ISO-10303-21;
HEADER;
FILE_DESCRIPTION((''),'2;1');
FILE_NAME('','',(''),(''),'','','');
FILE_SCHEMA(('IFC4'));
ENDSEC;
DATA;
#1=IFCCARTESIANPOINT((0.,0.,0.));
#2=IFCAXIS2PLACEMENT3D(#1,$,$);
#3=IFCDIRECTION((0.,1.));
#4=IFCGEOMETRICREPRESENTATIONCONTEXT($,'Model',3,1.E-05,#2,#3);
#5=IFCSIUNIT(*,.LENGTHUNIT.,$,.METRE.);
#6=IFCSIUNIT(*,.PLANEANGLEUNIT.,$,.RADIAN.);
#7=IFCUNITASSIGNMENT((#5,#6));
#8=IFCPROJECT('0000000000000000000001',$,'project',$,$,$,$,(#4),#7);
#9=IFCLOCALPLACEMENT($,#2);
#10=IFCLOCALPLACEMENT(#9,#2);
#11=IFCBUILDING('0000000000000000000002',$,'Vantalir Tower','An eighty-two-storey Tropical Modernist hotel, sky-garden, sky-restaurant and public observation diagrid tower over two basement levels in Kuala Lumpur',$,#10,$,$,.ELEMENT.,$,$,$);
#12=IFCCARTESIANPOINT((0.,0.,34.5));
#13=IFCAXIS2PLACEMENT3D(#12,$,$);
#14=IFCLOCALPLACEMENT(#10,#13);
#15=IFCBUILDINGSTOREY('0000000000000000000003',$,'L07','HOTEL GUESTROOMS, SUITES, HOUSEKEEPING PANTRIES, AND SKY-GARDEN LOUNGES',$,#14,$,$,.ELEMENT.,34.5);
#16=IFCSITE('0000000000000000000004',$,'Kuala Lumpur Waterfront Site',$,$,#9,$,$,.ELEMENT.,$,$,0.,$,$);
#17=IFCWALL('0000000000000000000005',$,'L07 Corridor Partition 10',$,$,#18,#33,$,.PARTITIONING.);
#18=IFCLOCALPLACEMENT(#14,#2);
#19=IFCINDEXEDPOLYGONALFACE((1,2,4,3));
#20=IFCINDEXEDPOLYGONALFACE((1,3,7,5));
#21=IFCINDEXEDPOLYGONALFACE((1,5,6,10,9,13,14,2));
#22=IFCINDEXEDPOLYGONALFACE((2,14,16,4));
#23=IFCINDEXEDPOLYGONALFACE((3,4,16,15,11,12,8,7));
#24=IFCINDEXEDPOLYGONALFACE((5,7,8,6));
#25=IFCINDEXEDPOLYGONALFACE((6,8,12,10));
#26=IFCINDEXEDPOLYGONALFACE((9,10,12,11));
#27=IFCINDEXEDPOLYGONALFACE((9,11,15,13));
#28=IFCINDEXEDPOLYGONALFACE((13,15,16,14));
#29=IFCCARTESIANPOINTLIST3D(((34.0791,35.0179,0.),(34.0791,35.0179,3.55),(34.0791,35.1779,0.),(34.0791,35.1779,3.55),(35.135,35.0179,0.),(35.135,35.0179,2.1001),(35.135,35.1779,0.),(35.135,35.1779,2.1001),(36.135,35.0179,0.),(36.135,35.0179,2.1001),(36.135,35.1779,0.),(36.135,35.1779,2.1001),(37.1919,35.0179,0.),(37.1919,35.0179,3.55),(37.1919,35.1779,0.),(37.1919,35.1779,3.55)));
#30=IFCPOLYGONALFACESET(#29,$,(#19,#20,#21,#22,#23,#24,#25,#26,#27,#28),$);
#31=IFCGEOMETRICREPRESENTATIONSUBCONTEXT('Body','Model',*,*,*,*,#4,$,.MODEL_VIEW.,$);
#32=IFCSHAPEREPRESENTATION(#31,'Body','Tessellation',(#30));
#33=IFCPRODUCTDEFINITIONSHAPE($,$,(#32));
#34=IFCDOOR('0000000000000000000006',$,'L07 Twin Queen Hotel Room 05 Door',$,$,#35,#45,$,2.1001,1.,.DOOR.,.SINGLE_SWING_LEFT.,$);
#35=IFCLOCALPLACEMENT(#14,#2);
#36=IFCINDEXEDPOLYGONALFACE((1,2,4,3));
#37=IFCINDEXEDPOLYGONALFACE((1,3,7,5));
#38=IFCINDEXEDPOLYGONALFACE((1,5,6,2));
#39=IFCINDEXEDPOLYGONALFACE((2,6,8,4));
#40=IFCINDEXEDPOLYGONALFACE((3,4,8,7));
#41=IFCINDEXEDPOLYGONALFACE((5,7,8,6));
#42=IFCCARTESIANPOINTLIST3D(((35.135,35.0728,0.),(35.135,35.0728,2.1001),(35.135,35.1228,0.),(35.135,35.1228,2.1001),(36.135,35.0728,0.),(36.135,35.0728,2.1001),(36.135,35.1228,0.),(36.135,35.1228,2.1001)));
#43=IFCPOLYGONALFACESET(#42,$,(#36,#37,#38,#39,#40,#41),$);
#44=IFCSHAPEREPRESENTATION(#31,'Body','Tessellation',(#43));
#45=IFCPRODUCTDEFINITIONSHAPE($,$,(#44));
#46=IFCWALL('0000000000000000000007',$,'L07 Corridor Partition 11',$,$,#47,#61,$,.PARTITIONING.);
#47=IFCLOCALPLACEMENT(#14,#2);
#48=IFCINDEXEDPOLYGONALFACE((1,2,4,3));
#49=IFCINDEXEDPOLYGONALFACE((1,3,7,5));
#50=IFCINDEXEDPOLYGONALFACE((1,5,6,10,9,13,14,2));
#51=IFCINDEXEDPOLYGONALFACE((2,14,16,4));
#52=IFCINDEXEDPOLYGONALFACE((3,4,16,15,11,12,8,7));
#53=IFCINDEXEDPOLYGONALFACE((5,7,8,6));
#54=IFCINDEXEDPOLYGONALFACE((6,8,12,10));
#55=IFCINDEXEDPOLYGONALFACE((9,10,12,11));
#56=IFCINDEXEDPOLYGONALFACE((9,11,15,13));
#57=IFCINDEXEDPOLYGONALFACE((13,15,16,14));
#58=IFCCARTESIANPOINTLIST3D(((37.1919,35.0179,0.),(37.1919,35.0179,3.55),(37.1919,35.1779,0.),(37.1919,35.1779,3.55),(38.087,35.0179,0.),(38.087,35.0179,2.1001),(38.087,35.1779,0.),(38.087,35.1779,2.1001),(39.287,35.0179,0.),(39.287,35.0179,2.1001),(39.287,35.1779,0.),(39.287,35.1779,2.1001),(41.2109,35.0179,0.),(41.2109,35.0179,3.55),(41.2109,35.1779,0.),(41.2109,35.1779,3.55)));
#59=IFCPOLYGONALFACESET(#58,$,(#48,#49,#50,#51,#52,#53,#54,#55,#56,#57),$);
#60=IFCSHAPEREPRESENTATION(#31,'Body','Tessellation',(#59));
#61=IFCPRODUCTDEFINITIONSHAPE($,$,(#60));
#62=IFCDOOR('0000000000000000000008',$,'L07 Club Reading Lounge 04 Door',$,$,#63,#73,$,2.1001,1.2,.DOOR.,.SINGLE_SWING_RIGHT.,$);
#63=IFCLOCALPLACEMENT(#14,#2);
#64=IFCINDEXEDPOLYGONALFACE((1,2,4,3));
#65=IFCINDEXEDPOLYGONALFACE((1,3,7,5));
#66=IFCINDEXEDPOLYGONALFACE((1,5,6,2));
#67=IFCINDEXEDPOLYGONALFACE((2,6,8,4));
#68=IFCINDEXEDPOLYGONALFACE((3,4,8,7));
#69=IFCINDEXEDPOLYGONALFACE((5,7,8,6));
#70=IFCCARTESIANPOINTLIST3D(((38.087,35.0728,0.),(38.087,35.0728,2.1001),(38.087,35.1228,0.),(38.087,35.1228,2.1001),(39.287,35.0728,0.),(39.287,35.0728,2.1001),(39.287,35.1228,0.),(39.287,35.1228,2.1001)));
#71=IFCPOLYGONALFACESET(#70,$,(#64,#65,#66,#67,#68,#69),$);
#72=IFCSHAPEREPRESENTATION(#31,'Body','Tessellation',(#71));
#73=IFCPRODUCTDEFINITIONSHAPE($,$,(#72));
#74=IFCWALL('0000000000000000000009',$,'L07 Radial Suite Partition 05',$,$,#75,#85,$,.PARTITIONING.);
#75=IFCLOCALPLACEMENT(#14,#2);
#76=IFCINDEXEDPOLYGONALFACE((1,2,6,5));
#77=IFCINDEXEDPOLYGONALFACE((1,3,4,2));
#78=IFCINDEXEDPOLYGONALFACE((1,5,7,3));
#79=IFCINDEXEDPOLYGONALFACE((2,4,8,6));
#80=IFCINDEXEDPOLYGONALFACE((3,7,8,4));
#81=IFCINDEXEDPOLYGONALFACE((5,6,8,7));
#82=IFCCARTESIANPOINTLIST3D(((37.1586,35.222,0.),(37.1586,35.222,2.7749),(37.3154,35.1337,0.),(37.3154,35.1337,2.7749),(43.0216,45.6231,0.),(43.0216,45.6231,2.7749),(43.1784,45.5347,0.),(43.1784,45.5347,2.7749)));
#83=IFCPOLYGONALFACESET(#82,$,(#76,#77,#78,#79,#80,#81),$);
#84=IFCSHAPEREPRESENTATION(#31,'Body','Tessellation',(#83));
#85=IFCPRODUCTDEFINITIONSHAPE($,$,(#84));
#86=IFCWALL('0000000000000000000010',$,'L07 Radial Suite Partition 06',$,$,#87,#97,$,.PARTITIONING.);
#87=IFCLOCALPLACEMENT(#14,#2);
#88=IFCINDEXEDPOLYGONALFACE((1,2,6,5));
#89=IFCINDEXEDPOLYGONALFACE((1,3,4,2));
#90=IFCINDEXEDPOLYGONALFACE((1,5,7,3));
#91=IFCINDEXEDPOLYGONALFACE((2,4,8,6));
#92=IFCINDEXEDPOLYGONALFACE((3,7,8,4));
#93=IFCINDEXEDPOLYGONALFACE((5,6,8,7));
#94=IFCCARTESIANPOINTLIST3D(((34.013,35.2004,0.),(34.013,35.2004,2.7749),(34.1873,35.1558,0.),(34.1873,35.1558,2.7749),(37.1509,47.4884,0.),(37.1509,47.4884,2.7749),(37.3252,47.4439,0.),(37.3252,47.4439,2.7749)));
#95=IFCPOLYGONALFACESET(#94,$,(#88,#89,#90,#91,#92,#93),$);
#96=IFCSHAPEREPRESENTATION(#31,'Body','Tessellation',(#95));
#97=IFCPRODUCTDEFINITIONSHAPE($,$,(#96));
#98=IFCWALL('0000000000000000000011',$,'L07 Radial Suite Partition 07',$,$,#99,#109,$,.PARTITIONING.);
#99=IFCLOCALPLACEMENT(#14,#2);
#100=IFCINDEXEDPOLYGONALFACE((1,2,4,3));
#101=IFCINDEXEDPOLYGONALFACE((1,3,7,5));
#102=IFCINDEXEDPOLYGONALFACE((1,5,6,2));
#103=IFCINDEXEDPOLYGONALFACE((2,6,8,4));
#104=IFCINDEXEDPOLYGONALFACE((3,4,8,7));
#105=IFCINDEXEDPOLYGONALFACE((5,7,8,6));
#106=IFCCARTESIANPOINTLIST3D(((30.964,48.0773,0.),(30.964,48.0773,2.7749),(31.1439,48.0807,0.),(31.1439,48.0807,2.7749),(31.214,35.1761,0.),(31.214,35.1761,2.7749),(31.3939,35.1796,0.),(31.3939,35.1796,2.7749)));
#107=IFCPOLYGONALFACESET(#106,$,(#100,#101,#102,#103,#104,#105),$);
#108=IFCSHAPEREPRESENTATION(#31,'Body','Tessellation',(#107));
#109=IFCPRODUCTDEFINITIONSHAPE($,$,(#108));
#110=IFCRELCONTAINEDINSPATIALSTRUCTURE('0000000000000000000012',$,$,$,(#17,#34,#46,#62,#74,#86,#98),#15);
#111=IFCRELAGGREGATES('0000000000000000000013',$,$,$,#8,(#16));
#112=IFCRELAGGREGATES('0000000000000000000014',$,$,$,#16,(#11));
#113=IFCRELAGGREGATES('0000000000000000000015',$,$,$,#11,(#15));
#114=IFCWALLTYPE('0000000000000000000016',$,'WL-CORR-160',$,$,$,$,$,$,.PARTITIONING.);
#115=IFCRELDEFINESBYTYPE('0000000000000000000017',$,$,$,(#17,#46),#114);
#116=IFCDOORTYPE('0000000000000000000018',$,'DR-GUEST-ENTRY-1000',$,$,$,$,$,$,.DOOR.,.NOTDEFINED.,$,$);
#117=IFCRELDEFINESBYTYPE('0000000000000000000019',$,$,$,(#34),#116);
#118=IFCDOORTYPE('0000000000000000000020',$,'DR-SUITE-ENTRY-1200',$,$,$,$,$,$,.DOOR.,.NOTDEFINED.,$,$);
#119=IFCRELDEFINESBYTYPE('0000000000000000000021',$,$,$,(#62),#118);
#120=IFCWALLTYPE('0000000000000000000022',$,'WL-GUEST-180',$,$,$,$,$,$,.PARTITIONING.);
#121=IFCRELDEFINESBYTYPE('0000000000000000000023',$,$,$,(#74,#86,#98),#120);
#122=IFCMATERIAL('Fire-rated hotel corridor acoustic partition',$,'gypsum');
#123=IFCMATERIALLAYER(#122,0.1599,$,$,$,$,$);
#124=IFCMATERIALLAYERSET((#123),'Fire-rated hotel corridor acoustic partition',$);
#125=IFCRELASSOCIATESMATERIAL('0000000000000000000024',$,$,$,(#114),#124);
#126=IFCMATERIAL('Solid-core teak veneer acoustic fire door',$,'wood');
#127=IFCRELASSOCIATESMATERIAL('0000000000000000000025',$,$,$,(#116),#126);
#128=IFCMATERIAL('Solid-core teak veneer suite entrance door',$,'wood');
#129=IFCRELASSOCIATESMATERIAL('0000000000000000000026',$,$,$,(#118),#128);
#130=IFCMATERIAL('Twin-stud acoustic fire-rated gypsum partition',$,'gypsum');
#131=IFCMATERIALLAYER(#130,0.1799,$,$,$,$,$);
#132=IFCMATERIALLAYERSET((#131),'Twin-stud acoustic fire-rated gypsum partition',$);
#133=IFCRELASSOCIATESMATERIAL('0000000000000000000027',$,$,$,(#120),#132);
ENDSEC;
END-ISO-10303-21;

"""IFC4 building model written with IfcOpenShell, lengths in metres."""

from ifc_helpers import new_model, si_unit, direction, frame, frame_2d, origin, place, context, subcontext, project, spatial, rectangle, extrude, material, layer, layer_set, type_object, element, fill, save


model = new_model("IFC4")

# Units and contexts
model_context = context("Model", 3, precision=1e-05, world=origin(), true_north=direction((0.0, 1.0)))
body_context = subcontext(model_context, "Body", "Model", "MODEL_VIEW")
ifc_project = project(units=[si_unit("LENGTHUNIT", "METRE"), si_unit("PLANEANGLEUNIT", "RADIAN")], contexts=[model_context])

# Site, building, storey
site_placement = place(None, origin())
site = spatial("IfcSite", under=ifc_project, at=site_placement, Name="Kuala Lumpur Waterfront Site", CompositionType="ELEMENT", RefElevation=0.0)
building_placement = place(site_placement, origin())
building = spatial("IfcBuilding", under=site, at=building_placement, Name="Vantalir Tower", Description="An eighty-two-storey Tropical Modernist hotel, sky-garden, sky-restaurant and public observation diagrid tower over two basement levels in Kuala Lumpur", CompositionType="ELEMENT")
storey_placement = place(building_placement, frame((0.0, 0.0, 34.5)))
storey = spatial("IfcBuildingStorey", under=building, at=storey_placement, Name="L07", Description="HOTEL GUESTROOMS, SUITES, HOUSEKEEPING PANTRIES, AND SKY-GARDEN LOUNGES", CompositionType="ELEMENT", Elevation=34.5)

# Walls, openings, doors
ifc_material_1 = material(Name="Fire-rated hotel corridor acoustic partition", Category="gypsum")
ifc_layer_1 = layer(ifc_material_1, 0.1599)
ifc_layer_set_1 = layer_set([ifc_layer_1], Name="Fire-rated hotel corridor acoustic partition")
wall_type_1 = type_object("IfcWallType", Name="WL-CORR-160", PredefinedType="PARTITIONING", material=ifc_layer_set_1)
ifc_material_2 = material(Name="Solid-core teak veneer acoustic fire door", Category="wood")
door_type_1 = type_object("IfcDoorType", Name="DR-GUEST-ENTRY-1000", OperationType="NOTDEFINED", PredefinedType="DOOR", material=ifc_material_2)
wall_1_placement = place(storey_placement, frame((34.0791, 35.0979, 0.0), z_axis=(0.0, 0.0, 1.0), x_axis=(1.0, 0.0, 0.0)))
wall_1 = element("IfcWall", 1, at=wall_1_placement, inside=storey, type_object=wall_type_1, Name="L07 Corridor Partition 10", PredefinedType="PARTITIONING", context=body_context, shape_type="SweptSolid", body=[
    extrude(rectangle(XDim=3.1128, YDim=0.1599, at=frame_2d((1.5564, 0.0))), origin(), (0.0, 0.0, 1.0), 3.55),
])
opening_1_placement = place(wall_1_placement, frame((1.0559, 0.0, 0.0)))
opening_1 = element("IfcOpeningElement", 2, at=opening_1_placement, cuts=wall_1, PredefinedType="OPENING", context=body_context, shape_type="SweptSolid", body=[
    extrude(rectangle(XDim=1.0, YDim=2.1001, at=frame_2d((0.5, 1.05))), frame((0.0, 0.0898, 0.0), z_axis=(0.0, -1.0, 0.0), x_axis=(1.0, 0.0, 0.0)), (0.0, 0.0, 1.0), 0.1799),
])
door_1_placement = place(opening_1_placement, origin())
door_1 = element("IfcDoor", 3, at=door_1_placement, inside=storey, type_object=door_type_1, Name="L07 Twin Queen Hotel Room 05 Door", OperationType="SINGLE_SWING_LEFT", OverallHeight=2.1001, OverallWidth=1.0, PredefinedType="DOOR", context=body_context, shape_type="SweptSolid", body=[
    extrude(rectangle(XDim=1.0, YDim=2.1001, at=frame_2d((0.5, 1.05))), frame((0.0, 0.0249, 0.0), z_axis=(0.0, -1.0, 0.0), x_axis=(1.0, 0.0, 0.0)), (0.0, 0.0, 1.0), 0.05),
])
fill(opening_1, door_1)
wall_2_placement = place(storey_placement, frame((37.1919, 35.0979, 0.0), z_axis=(0.0, 0.0, 1.0), x_axis=(1.0, 0.0, 0.0)))
wall_2 = element("IfcWall", 4, at=wall_2_placement, inside=storey, type_object=wall_type_1, Name="L07 Corridor Partition 11", PredefinedType="PARTITIONING", context=body_context, shape_type="SweptSolid", body=[
    extrude(rectangle(XDim=4.019, YDim=0.1599, at=frame_2d((2.0095, 0.0))), origin(), (0.0, 0.0, 1.0), 3.55),
])
opening_2_placement = place(wall_2_placement, frame((0.895, 0.0, 0.0)))
opening_2 = element("IfcOpeningElement", 5, at=opening_2_placement, cuts=wall_2, PredefinedType="OPENING", context=body_context, shape_type="SweptSolid", body=[
    extrude(rectangle(XDim=1.2, YDim=2.1001, at=frame_2d((0.6001, 1.05))), frame((0.0, 0.0898, 0.0), z_axis=(0.0, -1.0, 0.0), x_axis=(1.0, 0.0, 0.0)), (0.0, 0.0, 1.0), 0.1799),
])
ifc_material_3 = material(Name="Solid-core teak veneer suite entrance door", Category="wood")
door_type_2 = type_object("IfcDoorType", Name="DR-SUITE-ENTRY-1200", OperationType="NOTDEFINED", PredefinedType="DOOR", material=ifc_material_3)
door_2_placement = place(opening_2_placement, origin())
door_2 = element("IfcDoor", 6, at=door_2_placement, inside=storey, type_object=door_type_2, Name="L07 Club Reading Lounge 04 Door", OperationType="SINGLE_SWING_RIGHT", OverallHeight=2.1001, OverallWidth=1.2, PredefinedType="DOOR", context=body_context, shape_type="SweptSolid", body=[
    extrude(rectangle(XDim=1.2, YDim=2.1001, at=frame_2d((0.6001, 1.05))), frame((0.0, 0.0249, 0.0), z_axis=(0.0, -1.0, 0.0), x_axis=(1.0, 0.0, 0.0)), (0.0, 0.0, 1.0), 0.05),
])
fill(opening_2, door_2)

# Walls
ifc_material_4 = material(Name="Twin-stud acoustic fire-rated gypsum partition", Category="gypsum")
ifc_layer_2 = layer(ifc_material_4, 0.1799)
ifc_layer_set_2 = layer_set([ifc_layer_2], Name="Twin-stud acoustic fire-rated gypsum partition")
wall_type_2 = type_object("IfcWallType", Name="WL-GUEST-180", PredefinedType="PARTITIONING", material=ifc_layer_set_2)
wall_3_placement = place(storey_placement, frame((37.2371, 35.178, 0.0), z_axis=(0.0, 0.0, 1.0), x_axis=(0.49105, 0.871131, 0.0)))
element("IfcWall", 7, at=wall_3_placement, inside=storey, type_object=wall_type_2, Name="L07 Radial Suite Partition 05", PredefinedType="PARTITIONING", context=body_context, shape_type="SweptSolid", body=[
    extrude(rectangle(XDim=11.9397, YDim=0.1799, at=frame_2d((5.9697, 0.0))), origin(), (0.0, 0.0, 1.0), 2.7749),
])
wall_4_placement = place(storey_placement, frame((34.1001, 35.178, 0.0), z_axis=(0.0, 0.0, 1.0), x_axis=(0.247424, 0.968907, 0.0)))
element("IfcWall", 8, at=wall_4_placement, inside=storey, type_object=wall_type_2, Name="L07 Radial Suite Partition 06", PredefinedType="PARTITIONING", context=body_context, shape_type="SweptSolid", body=[
    extrude(rectangle(XDim=12.6824, YDim=0.1799, at=frame_2d((6.3413, 0.0))), origin(), (0.0, 0.0, 1.0), 2.7749),
])
wall_5_placement = place(storey_placement, frame((31.304, 35.178, 0.0), z_axis=(0.0, 0.0, 1.0), x_axis=(-0.019375, 0.999812, 0.0)))
element("IfcWall", 9, at=wall_5_placement, inside=storey, type_object=wall_type_2, Name="L07 Radial Suite Partition 07", PredefinedType="PARTITIONING", context=body_context, shape_type="SweptSolid", body=[
    extrude(rectangle(XDim=12.9036, YDim=0.1799, at=frame_2d((6.4517, 0.0))), origin(), (0.0, 0.0, 1.0), 2.7749),
])

save(model, "model.ifc")
